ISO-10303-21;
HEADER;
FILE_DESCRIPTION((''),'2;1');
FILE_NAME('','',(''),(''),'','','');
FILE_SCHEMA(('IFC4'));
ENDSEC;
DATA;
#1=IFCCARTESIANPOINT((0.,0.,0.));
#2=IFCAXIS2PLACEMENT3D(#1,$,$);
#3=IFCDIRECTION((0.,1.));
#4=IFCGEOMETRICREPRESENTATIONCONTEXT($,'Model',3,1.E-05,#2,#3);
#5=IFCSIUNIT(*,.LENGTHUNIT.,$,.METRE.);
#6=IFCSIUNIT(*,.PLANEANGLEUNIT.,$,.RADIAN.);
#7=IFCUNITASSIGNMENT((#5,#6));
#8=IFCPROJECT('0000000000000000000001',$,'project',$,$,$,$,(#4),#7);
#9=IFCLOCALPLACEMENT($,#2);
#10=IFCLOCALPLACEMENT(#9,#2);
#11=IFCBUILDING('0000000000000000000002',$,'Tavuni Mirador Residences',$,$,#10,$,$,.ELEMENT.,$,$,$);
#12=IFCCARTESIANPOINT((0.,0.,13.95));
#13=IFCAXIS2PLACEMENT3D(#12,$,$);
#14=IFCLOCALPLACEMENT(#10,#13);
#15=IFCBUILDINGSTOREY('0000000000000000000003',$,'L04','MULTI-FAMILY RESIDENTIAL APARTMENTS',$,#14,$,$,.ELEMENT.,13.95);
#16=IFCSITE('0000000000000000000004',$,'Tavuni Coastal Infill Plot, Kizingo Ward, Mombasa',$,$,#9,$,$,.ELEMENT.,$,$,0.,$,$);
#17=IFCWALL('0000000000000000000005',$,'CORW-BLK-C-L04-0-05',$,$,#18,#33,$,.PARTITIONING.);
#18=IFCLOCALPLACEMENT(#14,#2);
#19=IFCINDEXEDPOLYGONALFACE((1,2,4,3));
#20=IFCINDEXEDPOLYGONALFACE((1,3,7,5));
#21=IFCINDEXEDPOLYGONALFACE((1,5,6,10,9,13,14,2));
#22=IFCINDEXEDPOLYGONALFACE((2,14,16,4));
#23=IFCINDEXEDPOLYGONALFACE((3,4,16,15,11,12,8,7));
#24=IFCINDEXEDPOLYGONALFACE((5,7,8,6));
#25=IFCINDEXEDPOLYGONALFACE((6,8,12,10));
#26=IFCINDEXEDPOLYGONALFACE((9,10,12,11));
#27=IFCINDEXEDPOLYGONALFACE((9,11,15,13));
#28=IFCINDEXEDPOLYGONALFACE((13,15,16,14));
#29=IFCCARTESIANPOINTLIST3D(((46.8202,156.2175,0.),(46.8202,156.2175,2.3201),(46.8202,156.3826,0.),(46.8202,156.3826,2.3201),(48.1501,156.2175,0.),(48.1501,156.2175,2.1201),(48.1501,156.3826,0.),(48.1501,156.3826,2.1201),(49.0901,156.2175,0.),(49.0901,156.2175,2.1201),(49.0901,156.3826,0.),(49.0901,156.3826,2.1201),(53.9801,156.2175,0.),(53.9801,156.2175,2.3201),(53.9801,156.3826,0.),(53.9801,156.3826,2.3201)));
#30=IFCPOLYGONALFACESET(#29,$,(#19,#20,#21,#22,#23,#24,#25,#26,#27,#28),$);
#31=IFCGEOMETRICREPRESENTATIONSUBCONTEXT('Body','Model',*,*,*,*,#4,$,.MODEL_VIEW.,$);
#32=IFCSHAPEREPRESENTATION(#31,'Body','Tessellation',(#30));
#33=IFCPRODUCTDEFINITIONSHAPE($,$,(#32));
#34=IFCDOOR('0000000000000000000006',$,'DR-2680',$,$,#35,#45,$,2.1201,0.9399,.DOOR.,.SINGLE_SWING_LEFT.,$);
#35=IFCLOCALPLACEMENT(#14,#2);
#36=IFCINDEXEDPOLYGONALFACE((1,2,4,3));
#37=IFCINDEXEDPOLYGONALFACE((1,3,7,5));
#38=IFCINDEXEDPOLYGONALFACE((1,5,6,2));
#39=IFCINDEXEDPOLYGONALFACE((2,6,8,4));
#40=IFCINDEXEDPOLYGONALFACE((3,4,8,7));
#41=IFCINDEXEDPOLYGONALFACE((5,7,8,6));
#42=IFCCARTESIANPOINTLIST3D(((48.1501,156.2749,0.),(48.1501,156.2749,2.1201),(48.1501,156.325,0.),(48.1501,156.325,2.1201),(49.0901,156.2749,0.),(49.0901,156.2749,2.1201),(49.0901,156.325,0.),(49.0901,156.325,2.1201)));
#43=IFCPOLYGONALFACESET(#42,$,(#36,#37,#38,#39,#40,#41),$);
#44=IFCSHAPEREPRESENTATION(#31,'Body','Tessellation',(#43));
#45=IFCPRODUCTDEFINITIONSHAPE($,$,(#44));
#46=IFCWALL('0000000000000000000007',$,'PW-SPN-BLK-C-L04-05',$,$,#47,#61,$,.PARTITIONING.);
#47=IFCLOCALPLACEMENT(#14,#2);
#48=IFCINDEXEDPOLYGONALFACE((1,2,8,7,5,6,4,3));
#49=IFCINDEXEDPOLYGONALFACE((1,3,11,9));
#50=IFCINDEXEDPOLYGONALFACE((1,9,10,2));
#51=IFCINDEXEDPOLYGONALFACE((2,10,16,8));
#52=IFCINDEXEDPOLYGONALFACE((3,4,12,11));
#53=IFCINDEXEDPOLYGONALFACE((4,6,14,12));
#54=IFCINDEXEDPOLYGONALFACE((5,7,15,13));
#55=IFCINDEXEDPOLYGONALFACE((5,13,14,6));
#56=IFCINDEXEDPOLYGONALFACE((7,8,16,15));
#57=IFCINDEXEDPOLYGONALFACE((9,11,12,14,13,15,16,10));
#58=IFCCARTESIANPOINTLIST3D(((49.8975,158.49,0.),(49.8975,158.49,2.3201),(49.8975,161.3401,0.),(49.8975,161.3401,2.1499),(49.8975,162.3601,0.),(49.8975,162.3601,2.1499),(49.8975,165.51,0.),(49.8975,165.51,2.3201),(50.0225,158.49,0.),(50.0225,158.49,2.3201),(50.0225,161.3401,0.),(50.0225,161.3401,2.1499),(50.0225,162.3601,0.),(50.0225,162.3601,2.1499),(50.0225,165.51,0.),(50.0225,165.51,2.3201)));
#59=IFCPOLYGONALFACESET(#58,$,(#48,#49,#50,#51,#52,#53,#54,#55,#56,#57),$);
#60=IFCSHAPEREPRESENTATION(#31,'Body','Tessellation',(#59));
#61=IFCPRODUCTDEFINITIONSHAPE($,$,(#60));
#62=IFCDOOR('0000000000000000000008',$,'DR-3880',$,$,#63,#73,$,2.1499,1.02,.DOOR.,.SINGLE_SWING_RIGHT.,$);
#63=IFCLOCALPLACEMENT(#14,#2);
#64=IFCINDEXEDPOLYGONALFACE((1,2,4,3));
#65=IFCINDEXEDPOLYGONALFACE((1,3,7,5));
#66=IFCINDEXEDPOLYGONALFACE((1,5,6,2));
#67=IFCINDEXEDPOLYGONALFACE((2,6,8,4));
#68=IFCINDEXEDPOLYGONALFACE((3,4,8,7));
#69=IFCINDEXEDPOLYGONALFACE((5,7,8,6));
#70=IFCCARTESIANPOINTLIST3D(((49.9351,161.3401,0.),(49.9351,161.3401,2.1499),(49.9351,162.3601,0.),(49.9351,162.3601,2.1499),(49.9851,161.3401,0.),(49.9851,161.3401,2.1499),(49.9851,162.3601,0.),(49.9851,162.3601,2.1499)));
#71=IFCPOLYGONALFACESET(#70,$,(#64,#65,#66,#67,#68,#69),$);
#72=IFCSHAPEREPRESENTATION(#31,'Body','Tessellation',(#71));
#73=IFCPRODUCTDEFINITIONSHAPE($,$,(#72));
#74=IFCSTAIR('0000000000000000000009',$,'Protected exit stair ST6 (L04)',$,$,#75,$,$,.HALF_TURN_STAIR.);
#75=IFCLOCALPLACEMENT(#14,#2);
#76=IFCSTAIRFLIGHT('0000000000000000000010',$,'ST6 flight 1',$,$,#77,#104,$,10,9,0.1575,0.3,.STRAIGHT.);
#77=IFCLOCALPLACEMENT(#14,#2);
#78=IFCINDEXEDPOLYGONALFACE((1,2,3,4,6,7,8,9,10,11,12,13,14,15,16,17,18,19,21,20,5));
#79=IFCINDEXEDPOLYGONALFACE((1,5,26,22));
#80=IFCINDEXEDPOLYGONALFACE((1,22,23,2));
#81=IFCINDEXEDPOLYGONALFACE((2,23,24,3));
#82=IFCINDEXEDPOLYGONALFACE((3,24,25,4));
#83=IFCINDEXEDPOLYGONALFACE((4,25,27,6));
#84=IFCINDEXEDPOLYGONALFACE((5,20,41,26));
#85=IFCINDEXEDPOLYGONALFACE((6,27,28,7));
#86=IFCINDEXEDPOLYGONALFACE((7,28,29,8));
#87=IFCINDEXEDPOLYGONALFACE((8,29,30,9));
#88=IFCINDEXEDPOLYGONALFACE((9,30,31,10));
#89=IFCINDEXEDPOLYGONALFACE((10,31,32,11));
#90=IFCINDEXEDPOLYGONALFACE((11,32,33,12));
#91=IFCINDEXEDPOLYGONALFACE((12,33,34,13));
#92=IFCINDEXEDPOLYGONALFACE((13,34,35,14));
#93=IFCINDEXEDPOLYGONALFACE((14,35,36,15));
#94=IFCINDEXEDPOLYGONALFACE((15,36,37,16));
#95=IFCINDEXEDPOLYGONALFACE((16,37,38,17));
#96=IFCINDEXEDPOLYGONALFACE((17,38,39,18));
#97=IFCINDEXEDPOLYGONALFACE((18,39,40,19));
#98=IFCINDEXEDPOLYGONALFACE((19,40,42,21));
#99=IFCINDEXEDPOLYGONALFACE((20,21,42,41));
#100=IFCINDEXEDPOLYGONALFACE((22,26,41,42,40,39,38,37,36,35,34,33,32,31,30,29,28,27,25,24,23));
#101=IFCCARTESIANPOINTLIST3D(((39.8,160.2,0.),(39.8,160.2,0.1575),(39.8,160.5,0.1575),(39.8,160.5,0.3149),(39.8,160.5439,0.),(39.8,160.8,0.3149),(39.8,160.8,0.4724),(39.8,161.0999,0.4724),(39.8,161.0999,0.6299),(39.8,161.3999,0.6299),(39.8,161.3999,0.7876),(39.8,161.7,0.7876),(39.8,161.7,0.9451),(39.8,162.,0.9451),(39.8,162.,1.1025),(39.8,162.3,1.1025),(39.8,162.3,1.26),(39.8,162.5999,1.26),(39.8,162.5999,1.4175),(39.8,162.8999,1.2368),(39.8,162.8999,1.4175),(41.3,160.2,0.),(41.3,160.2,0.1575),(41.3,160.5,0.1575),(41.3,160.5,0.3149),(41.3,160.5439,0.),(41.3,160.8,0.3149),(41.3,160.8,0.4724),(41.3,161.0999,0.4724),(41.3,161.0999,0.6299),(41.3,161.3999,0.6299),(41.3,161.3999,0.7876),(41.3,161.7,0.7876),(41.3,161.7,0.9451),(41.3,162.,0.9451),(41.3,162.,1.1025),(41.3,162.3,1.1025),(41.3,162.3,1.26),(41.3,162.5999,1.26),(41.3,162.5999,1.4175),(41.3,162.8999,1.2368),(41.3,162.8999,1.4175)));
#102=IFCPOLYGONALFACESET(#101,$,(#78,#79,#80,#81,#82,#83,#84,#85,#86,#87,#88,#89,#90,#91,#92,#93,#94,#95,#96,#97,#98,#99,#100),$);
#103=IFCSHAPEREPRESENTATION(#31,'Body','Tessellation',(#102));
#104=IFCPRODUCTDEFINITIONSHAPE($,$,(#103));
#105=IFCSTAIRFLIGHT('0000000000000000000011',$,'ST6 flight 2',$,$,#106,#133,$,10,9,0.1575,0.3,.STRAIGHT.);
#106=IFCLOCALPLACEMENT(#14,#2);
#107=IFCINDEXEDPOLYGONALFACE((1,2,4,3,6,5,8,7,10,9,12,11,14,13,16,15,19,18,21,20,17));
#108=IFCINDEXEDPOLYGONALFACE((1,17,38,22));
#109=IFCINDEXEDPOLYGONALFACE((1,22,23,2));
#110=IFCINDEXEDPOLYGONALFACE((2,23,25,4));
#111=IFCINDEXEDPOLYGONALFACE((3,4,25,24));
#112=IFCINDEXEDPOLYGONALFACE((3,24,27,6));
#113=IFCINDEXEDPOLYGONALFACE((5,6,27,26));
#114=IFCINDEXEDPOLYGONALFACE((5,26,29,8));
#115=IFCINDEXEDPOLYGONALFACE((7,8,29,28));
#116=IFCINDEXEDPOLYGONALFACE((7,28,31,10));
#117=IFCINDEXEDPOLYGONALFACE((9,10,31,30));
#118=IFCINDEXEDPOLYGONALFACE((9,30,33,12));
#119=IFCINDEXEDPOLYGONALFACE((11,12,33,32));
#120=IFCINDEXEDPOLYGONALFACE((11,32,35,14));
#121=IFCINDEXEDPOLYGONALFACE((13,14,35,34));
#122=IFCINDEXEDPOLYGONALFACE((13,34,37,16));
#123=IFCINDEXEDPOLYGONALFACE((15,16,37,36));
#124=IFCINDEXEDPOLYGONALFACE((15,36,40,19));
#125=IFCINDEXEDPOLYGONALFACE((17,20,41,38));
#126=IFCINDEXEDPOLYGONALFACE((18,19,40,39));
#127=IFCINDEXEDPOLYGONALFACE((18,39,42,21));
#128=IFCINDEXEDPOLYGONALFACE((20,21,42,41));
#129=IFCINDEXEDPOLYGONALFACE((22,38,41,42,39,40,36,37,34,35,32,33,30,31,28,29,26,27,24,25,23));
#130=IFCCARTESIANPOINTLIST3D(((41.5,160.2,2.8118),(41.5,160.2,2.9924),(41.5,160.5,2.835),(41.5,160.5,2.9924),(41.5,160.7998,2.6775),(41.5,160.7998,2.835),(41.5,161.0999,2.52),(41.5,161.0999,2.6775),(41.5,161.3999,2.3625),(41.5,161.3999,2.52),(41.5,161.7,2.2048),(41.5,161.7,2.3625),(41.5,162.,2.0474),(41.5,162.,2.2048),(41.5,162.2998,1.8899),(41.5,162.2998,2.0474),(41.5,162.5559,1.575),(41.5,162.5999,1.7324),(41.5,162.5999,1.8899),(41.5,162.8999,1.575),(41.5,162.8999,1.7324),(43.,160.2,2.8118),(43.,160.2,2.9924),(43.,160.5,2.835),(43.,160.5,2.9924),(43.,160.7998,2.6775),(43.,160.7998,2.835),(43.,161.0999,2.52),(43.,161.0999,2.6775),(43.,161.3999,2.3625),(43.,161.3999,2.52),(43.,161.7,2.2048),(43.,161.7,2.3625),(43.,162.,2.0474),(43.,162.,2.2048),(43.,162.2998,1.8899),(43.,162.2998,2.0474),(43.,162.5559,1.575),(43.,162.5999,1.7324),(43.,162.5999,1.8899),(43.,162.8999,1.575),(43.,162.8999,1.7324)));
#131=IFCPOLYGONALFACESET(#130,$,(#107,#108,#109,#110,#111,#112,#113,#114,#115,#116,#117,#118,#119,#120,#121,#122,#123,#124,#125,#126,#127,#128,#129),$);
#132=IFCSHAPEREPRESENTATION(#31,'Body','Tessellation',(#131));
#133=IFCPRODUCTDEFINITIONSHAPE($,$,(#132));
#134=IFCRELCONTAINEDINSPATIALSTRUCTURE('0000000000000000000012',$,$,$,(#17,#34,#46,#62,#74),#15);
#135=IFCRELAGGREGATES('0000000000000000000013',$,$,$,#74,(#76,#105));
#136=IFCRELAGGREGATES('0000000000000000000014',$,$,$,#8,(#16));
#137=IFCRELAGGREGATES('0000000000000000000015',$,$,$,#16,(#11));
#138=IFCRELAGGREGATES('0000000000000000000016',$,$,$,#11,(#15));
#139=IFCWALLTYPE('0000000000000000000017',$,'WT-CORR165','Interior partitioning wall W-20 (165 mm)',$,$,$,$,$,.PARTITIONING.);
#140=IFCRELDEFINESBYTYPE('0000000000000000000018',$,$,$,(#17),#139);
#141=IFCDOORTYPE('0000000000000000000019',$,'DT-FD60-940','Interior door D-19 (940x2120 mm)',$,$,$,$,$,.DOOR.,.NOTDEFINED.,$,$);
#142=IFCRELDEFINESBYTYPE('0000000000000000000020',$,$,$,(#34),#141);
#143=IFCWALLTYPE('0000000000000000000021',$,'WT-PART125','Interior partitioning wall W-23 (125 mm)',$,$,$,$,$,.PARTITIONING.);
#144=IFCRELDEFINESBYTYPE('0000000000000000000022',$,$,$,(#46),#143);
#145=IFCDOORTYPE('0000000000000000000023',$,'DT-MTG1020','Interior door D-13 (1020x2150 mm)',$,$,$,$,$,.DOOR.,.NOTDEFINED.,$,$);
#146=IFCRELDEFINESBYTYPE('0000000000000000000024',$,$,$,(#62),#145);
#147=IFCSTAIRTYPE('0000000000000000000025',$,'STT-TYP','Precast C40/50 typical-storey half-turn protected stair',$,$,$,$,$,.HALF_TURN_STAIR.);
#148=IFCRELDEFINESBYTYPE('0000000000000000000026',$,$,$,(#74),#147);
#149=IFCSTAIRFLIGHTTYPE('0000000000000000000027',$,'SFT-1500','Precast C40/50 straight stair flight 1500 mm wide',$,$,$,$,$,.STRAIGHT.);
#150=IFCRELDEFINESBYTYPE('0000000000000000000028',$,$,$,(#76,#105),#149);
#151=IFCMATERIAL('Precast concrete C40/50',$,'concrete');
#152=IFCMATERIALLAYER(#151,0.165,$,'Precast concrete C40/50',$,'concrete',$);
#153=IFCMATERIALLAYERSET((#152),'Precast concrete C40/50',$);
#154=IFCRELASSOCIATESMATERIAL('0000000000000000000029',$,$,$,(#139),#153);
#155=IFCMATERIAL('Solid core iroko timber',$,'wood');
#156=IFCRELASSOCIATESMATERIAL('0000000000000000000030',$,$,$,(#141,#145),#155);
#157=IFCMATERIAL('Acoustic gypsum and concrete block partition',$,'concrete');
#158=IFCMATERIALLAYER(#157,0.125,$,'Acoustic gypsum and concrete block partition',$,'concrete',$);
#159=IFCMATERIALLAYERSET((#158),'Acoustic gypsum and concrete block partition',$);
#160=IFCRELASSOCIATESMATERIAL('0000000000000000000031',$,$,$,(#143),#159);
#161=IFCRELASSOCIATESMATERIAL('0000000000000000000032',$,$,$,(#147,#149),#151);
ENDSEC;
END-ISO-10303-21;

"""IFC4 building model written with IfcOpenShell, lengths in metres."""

from ifc_helpers import new_model, si_unit, direction, frame, frame_2d, origin, place, context, subcontext, project, spatial, polyline, rectangle, outline, extrude, material, layer, layer_set, type_object, element, fill, aggregate, save


model = new_model("IFC4")

# Units and contexts
model_context = context("Model", 3, precision=1e-05, world=origin(), true_north=direction((0.0, 1.0)))
body_context = subcontext(model_context, "Body", "Model", "MODEL_VIEW")
ifc_project = project(units=[si_unit("LENGTHUNIT", "METRE"), si_unit("PLANEANGLEUNIT", "RADIAN")], contexts=[model_context])

# Site, building, storey
site_placement = place(None, origin())
site = spatial("IfcSite", under=ifc_project, at=site_placement, Name="Tavuni Coastal Infill Plot, Kizingo Ward, Mombasa", CompositionType="ELEMENT", RefElevation=0.0)
building_placement = place(site_placement, origin())
building = spatial("IfcBuilding", under=site, at=building_placement, Name="Tavuni Mirador Residences", CompositionType="ELEMENT")
storey_placement = place(building_placement, frame((0.0, 0.0, 13.95)))
storey = spatial("IfcBuildingStorey", under=building, at=storey_placement, Name="L04", Description="MULTI-FAMILY RESIDENTIAL APARTMENTS", CompositionType="ELEMENT", Elevation=13.95)

# Shared definitions
ifc_material_1 = material(Name="Precast concrete C40/50", Category="concrete")

# Shared definitions
ifc_material_2 = material(Name="Solid core iroko timber", Category="wood")

# Walls, openings, doors
ifc_layer_1 = layer(ifc_material_1, 0.165, Name="Precast concrete C40/50", Category="concrete")
ifc_layer_set_1 = layer_set([ifc_layer_1], Name="Precast concrete C40/50")
wall_type_1 = type_object("IfcWallType", Name="WT-CORR165", Description="Interior partitioning wall W-20 (165 mm)", PredefinedType="PARTITIONING", material=ifc_layer_set_1)
wall_1_placement = place(storey_placement, frame((46.8201, 156.3, 0.0), z_axis=(0.0, 0.0, 1.0), x_axis=(1.0, 0.0, 0.0)))
wall_1 = element("IfcWall", 1, at=wall_1_placement, inside=storey, type_object=wall_type_1, Name="CORW-BLK-C-L04-0-05", PredefinedType="PARTITIONING", context=body_context, shape_type="SweptSolid", body=[
    extrude(rectangle(XDim=7.1599, YDim=0.165, at=frame_2d((3.5801, 0.0))), origin(), (0.0, 0.0, 1.0), 2.3201),
])
opening_1_placement = place(wall_1_placement, frame((1.3301, 0.0, 0.0)))
opening_1 = element("IfcOpeningElement", 2, at=opening_1_placement, cuts=wall_1, PredefinedType="OPENING", context=body_context, shape_type="SweptSolid", body=[
    extrude(rectangle(XDim=0.9399, YDim=2.1201, at=frame_2d((0.47, 1.0601))), frame((0.0, 0.0925, 0.0), z_axis=(0.0, -1.0, 0.0), x_axis=(1.0, 0.0, 0.0)), (0.0, 0.0, 1.0), 0.1851),
])
door_type_1 = type_object("IfcDoorType", Name="DT-FD60-940", Description="Interior door D-19 (940x2120 mm)", OperationType="NOTDEFINED", PredefinedType="DOOR", material=ifc_material_2)
door_1_placement = place(opening_1_placement, origin())
door_1 = element("IfcDoor", 3, at=door_1_placement, inside=storey, type_object=door_type_1, Name="DR-2680", OperationType="SINGLE_SWING_LEFT", OverallHeight=2.1201, OverallWidth=0.9399, PredefinedType="DOOR", context=body_context, shape_type="SweptSolid", body=[
    extrude(rectangle(XDim=0.9399, YDim=2.1201, at=frame_2d((0.47, 1.0601))), frame((0.0, 0.0249, 0.0), z_axis=(0.0, -1.0, 0.0), x_axis=(1.0, 0.0, 0.0)), (0.0, 0.0, 1.0), 0.05),
])
fill(opening_1, door_1)
ifc_material_3 = material(Name="Acoustic gypsum and concrete block partition", Category="concrete")
ifc_layer_2 = layer(ifc_material_3, 0.125, Name="Acoustic gypsum and concrete block partition", Category="concrete")
ifc_layer_set_2 = layer_set([ifc_layer_2], Name="Acoustic gypsum and concrete block partition")
wall_type_2 = type_object("IfcWallType", Name="WT-PART125", Description="Interior partitioning wall W-23 (125 mm)", PredefinedType="PARTITIONING", material=ifc_layer_set_2)
wall_2_placement = place(storey_placement, frame((49.96, 158.49, 0.0), z_axis=(0.0, 0.0, 1.0), x_axis=(0.0, 1.0, 0.0)))
wall_2 = element("IfcWall", 4, at=wall_2_placement, inside=storey, type_object=wall_type_2, Name="PW-SPN-BLK-C-L04-05", PredefinedType="PARTITIONING", context=body_context, shape_type="SweptSolid", body=[
    extrude(rectangle(XDim=7.02, YDim=0.125, at=frame_2d((3.51, 0.0))), origin(), (0.0, 0.0, 1.0), 2.3201),
])
opening_2_placement = place(wall_2_placement, frame((2.8501, 0.0, 0.0)))
opening_2 = element("IfcOpeningElement", 5, at=opening_2_placement, cuts=wall_2, PredefinedType="OPENING", context=body_context, shape_type="SweptSolid", body=[
    extrude(rectangle(XDim=1.02, YDim=2.1499, at=frame_2d((0.51, 1.075))), frame((0.0, 0.0725, 0.0), z_axis=(0.0, -1.0, 0.0), x_axis=(1.0, 0.0, 0.0)), (0.0, 0.0, 1.0), 0.145),
])
door_type_2 = type_object("IfcDoorType", Name="DT-MTG1020", Description="Interior door D-13 (1020x2150 mm)", OperationType="NOTDEFINED", PredefinedType="DOOR", material=ifc_material_2)
door_2_placement = place(opening_2_placement, origin())
door_2 = element("IfcDoor", 6, at=door_2_placement, inside=storey, type_object=door_type_2, Name="DR-3880", OperationType="SINGLE_SWING_RIGHT", OverallHeight=2.1499, OverallWidth=1.02, PredefinedType="DOOR", context=body_context, shape_type="SweptSolid", body=[
    extrude(rectangle(XDim=1.02, YDim=2.1499, at=frame_2d((0.51, 1.075))), frame((0.0, 0.0249, 0.0), z_axis=(0.0, -1.0, 0.0), x_axis=(1.0, 0.0, 0.0)), (0.0, 0.0, 1.0), 0.05),
])
fill(opening_2, door_2)

# Stair, stair flights
stair_type = type_object("IfcStairType", Name="STT-TYP", Description="Precast C40/50 typical-storey half-turn protected stair", PredefinedType="HALF_TURN_STAIR", material=ifc_material_1)
stair_placement = place(storey_placement, origin())
stair = element("IfcStair", 7, at=stair_placement, inside=storey, type_object=stair_type, Name="Protected exit stair ST6 (L04)", PredefinedType="HALF_TURN_STAIR")
stair_flight_type = type_object("IfcStairFlightType", Name="SFT-1500", Description="Precast C40/50 straight stair flight 1500 mm wide", PredefinedType="STRAIGHT", material=ifc_material_1)
stair_flight_1_placement = place(storey_placement, frame((40.55, 160.2, 0.0), z_axis=(0.0, 0.0, 1.0), x_axis=(0.0, 1.0, 0.0)))
stair_flight_1 = element("IfcStairFlight", 8, at=stair_flight_1_placement, type_object=stair_flight_type, Name="ST6 flight 1", NumberOfRisers=10, NumberOfTreads=9, PredefinedType="STRAIGHT", RiserHeight=0.1575, TreadLength=0.3, context=body_context, shape_type="SweptSolid", body=[
    extrude(outline(polyline([(0.0, 0.0), (0.0, 0.1575), (0.3, 0.1575), (0.3, 0.3149), (0.6001, 0.3149), (0.6001, 0.4724), (0.8999, 0.4724), (0.8999, 0.6299), (1.2, 0.6299), (1.2, 0.7876), (1.5, 0.7876), (1.5, 0.9451), (1.8, 0.9451), (1.8, 1.1025), (2.1001, 1.1025), (2.1001, 1.26), (2.3999, 1.26), (2.3999, 1.4175), (2.7, 1.4175), (2.7, 1.575), (2.7, 1.2368), (0.344, 0.0), (0.0, 0.0)])), frame((0.0, 0.75, 0.0), z_axis=(0.0, -1.0, 0.0), x_axis=(1.0, 0.0, 0.0)), (0.0, 0.0, 1.0), 1.5),
])
stair_flight_2_placement = place(storey_placement, frame((42.25, 162.8999, 1.575), z_axis=(0.0, 0.0, 1.0), x_axis=(0.0, -1.0, 0.0)))
stair_flight_2 = element("IfcStairFlight", 9, at=stair_flight_2_placement, type_object=stair_flight_type, Name="ST6 flight 2", NumberOfRisers=10, NumberOfTreads=9, PredefinedType="STRAIGHT", RiserHeight=0.1575, TreadLength=0.3, context=body_context, shape_type="SweptSolid", body=[
    extrude(outline(polyline([(0.0, 0.0), (0.0, 0.1575), (0.3, 0.1575), (0.3, 0.3149), (0.6001, 0.3149), (0.6001, 0.4724), (0.8999, 0.4724), (0.8999, 0.6299), (1.2, 0.6299), (1.2, 0.7876), (1.5, 0.7876), (1.5, 0.9451), (1.8, 0.9451), (1.8, 1.1025), (2.1001, 1.1025), (2.1001, 1.26), (2.3999, 1.26), (2.3999, 1.4175), (2.7, 1.4175), (2.7, 1.575), (2.7, 1.2368), (0.344, 0.0), (0.0, 0.0)])), frame((0.0, 0.75, 0.0), z_axis=(0.0, -1.0, 0.0), x_axis=(1.0, 0.0, 0.0)), (0.0, 0.0, 1.0), 1.5),
])
aggregate(stair, [stair_flight_1, stair_flight_2])

save(model, "model.ifc")
